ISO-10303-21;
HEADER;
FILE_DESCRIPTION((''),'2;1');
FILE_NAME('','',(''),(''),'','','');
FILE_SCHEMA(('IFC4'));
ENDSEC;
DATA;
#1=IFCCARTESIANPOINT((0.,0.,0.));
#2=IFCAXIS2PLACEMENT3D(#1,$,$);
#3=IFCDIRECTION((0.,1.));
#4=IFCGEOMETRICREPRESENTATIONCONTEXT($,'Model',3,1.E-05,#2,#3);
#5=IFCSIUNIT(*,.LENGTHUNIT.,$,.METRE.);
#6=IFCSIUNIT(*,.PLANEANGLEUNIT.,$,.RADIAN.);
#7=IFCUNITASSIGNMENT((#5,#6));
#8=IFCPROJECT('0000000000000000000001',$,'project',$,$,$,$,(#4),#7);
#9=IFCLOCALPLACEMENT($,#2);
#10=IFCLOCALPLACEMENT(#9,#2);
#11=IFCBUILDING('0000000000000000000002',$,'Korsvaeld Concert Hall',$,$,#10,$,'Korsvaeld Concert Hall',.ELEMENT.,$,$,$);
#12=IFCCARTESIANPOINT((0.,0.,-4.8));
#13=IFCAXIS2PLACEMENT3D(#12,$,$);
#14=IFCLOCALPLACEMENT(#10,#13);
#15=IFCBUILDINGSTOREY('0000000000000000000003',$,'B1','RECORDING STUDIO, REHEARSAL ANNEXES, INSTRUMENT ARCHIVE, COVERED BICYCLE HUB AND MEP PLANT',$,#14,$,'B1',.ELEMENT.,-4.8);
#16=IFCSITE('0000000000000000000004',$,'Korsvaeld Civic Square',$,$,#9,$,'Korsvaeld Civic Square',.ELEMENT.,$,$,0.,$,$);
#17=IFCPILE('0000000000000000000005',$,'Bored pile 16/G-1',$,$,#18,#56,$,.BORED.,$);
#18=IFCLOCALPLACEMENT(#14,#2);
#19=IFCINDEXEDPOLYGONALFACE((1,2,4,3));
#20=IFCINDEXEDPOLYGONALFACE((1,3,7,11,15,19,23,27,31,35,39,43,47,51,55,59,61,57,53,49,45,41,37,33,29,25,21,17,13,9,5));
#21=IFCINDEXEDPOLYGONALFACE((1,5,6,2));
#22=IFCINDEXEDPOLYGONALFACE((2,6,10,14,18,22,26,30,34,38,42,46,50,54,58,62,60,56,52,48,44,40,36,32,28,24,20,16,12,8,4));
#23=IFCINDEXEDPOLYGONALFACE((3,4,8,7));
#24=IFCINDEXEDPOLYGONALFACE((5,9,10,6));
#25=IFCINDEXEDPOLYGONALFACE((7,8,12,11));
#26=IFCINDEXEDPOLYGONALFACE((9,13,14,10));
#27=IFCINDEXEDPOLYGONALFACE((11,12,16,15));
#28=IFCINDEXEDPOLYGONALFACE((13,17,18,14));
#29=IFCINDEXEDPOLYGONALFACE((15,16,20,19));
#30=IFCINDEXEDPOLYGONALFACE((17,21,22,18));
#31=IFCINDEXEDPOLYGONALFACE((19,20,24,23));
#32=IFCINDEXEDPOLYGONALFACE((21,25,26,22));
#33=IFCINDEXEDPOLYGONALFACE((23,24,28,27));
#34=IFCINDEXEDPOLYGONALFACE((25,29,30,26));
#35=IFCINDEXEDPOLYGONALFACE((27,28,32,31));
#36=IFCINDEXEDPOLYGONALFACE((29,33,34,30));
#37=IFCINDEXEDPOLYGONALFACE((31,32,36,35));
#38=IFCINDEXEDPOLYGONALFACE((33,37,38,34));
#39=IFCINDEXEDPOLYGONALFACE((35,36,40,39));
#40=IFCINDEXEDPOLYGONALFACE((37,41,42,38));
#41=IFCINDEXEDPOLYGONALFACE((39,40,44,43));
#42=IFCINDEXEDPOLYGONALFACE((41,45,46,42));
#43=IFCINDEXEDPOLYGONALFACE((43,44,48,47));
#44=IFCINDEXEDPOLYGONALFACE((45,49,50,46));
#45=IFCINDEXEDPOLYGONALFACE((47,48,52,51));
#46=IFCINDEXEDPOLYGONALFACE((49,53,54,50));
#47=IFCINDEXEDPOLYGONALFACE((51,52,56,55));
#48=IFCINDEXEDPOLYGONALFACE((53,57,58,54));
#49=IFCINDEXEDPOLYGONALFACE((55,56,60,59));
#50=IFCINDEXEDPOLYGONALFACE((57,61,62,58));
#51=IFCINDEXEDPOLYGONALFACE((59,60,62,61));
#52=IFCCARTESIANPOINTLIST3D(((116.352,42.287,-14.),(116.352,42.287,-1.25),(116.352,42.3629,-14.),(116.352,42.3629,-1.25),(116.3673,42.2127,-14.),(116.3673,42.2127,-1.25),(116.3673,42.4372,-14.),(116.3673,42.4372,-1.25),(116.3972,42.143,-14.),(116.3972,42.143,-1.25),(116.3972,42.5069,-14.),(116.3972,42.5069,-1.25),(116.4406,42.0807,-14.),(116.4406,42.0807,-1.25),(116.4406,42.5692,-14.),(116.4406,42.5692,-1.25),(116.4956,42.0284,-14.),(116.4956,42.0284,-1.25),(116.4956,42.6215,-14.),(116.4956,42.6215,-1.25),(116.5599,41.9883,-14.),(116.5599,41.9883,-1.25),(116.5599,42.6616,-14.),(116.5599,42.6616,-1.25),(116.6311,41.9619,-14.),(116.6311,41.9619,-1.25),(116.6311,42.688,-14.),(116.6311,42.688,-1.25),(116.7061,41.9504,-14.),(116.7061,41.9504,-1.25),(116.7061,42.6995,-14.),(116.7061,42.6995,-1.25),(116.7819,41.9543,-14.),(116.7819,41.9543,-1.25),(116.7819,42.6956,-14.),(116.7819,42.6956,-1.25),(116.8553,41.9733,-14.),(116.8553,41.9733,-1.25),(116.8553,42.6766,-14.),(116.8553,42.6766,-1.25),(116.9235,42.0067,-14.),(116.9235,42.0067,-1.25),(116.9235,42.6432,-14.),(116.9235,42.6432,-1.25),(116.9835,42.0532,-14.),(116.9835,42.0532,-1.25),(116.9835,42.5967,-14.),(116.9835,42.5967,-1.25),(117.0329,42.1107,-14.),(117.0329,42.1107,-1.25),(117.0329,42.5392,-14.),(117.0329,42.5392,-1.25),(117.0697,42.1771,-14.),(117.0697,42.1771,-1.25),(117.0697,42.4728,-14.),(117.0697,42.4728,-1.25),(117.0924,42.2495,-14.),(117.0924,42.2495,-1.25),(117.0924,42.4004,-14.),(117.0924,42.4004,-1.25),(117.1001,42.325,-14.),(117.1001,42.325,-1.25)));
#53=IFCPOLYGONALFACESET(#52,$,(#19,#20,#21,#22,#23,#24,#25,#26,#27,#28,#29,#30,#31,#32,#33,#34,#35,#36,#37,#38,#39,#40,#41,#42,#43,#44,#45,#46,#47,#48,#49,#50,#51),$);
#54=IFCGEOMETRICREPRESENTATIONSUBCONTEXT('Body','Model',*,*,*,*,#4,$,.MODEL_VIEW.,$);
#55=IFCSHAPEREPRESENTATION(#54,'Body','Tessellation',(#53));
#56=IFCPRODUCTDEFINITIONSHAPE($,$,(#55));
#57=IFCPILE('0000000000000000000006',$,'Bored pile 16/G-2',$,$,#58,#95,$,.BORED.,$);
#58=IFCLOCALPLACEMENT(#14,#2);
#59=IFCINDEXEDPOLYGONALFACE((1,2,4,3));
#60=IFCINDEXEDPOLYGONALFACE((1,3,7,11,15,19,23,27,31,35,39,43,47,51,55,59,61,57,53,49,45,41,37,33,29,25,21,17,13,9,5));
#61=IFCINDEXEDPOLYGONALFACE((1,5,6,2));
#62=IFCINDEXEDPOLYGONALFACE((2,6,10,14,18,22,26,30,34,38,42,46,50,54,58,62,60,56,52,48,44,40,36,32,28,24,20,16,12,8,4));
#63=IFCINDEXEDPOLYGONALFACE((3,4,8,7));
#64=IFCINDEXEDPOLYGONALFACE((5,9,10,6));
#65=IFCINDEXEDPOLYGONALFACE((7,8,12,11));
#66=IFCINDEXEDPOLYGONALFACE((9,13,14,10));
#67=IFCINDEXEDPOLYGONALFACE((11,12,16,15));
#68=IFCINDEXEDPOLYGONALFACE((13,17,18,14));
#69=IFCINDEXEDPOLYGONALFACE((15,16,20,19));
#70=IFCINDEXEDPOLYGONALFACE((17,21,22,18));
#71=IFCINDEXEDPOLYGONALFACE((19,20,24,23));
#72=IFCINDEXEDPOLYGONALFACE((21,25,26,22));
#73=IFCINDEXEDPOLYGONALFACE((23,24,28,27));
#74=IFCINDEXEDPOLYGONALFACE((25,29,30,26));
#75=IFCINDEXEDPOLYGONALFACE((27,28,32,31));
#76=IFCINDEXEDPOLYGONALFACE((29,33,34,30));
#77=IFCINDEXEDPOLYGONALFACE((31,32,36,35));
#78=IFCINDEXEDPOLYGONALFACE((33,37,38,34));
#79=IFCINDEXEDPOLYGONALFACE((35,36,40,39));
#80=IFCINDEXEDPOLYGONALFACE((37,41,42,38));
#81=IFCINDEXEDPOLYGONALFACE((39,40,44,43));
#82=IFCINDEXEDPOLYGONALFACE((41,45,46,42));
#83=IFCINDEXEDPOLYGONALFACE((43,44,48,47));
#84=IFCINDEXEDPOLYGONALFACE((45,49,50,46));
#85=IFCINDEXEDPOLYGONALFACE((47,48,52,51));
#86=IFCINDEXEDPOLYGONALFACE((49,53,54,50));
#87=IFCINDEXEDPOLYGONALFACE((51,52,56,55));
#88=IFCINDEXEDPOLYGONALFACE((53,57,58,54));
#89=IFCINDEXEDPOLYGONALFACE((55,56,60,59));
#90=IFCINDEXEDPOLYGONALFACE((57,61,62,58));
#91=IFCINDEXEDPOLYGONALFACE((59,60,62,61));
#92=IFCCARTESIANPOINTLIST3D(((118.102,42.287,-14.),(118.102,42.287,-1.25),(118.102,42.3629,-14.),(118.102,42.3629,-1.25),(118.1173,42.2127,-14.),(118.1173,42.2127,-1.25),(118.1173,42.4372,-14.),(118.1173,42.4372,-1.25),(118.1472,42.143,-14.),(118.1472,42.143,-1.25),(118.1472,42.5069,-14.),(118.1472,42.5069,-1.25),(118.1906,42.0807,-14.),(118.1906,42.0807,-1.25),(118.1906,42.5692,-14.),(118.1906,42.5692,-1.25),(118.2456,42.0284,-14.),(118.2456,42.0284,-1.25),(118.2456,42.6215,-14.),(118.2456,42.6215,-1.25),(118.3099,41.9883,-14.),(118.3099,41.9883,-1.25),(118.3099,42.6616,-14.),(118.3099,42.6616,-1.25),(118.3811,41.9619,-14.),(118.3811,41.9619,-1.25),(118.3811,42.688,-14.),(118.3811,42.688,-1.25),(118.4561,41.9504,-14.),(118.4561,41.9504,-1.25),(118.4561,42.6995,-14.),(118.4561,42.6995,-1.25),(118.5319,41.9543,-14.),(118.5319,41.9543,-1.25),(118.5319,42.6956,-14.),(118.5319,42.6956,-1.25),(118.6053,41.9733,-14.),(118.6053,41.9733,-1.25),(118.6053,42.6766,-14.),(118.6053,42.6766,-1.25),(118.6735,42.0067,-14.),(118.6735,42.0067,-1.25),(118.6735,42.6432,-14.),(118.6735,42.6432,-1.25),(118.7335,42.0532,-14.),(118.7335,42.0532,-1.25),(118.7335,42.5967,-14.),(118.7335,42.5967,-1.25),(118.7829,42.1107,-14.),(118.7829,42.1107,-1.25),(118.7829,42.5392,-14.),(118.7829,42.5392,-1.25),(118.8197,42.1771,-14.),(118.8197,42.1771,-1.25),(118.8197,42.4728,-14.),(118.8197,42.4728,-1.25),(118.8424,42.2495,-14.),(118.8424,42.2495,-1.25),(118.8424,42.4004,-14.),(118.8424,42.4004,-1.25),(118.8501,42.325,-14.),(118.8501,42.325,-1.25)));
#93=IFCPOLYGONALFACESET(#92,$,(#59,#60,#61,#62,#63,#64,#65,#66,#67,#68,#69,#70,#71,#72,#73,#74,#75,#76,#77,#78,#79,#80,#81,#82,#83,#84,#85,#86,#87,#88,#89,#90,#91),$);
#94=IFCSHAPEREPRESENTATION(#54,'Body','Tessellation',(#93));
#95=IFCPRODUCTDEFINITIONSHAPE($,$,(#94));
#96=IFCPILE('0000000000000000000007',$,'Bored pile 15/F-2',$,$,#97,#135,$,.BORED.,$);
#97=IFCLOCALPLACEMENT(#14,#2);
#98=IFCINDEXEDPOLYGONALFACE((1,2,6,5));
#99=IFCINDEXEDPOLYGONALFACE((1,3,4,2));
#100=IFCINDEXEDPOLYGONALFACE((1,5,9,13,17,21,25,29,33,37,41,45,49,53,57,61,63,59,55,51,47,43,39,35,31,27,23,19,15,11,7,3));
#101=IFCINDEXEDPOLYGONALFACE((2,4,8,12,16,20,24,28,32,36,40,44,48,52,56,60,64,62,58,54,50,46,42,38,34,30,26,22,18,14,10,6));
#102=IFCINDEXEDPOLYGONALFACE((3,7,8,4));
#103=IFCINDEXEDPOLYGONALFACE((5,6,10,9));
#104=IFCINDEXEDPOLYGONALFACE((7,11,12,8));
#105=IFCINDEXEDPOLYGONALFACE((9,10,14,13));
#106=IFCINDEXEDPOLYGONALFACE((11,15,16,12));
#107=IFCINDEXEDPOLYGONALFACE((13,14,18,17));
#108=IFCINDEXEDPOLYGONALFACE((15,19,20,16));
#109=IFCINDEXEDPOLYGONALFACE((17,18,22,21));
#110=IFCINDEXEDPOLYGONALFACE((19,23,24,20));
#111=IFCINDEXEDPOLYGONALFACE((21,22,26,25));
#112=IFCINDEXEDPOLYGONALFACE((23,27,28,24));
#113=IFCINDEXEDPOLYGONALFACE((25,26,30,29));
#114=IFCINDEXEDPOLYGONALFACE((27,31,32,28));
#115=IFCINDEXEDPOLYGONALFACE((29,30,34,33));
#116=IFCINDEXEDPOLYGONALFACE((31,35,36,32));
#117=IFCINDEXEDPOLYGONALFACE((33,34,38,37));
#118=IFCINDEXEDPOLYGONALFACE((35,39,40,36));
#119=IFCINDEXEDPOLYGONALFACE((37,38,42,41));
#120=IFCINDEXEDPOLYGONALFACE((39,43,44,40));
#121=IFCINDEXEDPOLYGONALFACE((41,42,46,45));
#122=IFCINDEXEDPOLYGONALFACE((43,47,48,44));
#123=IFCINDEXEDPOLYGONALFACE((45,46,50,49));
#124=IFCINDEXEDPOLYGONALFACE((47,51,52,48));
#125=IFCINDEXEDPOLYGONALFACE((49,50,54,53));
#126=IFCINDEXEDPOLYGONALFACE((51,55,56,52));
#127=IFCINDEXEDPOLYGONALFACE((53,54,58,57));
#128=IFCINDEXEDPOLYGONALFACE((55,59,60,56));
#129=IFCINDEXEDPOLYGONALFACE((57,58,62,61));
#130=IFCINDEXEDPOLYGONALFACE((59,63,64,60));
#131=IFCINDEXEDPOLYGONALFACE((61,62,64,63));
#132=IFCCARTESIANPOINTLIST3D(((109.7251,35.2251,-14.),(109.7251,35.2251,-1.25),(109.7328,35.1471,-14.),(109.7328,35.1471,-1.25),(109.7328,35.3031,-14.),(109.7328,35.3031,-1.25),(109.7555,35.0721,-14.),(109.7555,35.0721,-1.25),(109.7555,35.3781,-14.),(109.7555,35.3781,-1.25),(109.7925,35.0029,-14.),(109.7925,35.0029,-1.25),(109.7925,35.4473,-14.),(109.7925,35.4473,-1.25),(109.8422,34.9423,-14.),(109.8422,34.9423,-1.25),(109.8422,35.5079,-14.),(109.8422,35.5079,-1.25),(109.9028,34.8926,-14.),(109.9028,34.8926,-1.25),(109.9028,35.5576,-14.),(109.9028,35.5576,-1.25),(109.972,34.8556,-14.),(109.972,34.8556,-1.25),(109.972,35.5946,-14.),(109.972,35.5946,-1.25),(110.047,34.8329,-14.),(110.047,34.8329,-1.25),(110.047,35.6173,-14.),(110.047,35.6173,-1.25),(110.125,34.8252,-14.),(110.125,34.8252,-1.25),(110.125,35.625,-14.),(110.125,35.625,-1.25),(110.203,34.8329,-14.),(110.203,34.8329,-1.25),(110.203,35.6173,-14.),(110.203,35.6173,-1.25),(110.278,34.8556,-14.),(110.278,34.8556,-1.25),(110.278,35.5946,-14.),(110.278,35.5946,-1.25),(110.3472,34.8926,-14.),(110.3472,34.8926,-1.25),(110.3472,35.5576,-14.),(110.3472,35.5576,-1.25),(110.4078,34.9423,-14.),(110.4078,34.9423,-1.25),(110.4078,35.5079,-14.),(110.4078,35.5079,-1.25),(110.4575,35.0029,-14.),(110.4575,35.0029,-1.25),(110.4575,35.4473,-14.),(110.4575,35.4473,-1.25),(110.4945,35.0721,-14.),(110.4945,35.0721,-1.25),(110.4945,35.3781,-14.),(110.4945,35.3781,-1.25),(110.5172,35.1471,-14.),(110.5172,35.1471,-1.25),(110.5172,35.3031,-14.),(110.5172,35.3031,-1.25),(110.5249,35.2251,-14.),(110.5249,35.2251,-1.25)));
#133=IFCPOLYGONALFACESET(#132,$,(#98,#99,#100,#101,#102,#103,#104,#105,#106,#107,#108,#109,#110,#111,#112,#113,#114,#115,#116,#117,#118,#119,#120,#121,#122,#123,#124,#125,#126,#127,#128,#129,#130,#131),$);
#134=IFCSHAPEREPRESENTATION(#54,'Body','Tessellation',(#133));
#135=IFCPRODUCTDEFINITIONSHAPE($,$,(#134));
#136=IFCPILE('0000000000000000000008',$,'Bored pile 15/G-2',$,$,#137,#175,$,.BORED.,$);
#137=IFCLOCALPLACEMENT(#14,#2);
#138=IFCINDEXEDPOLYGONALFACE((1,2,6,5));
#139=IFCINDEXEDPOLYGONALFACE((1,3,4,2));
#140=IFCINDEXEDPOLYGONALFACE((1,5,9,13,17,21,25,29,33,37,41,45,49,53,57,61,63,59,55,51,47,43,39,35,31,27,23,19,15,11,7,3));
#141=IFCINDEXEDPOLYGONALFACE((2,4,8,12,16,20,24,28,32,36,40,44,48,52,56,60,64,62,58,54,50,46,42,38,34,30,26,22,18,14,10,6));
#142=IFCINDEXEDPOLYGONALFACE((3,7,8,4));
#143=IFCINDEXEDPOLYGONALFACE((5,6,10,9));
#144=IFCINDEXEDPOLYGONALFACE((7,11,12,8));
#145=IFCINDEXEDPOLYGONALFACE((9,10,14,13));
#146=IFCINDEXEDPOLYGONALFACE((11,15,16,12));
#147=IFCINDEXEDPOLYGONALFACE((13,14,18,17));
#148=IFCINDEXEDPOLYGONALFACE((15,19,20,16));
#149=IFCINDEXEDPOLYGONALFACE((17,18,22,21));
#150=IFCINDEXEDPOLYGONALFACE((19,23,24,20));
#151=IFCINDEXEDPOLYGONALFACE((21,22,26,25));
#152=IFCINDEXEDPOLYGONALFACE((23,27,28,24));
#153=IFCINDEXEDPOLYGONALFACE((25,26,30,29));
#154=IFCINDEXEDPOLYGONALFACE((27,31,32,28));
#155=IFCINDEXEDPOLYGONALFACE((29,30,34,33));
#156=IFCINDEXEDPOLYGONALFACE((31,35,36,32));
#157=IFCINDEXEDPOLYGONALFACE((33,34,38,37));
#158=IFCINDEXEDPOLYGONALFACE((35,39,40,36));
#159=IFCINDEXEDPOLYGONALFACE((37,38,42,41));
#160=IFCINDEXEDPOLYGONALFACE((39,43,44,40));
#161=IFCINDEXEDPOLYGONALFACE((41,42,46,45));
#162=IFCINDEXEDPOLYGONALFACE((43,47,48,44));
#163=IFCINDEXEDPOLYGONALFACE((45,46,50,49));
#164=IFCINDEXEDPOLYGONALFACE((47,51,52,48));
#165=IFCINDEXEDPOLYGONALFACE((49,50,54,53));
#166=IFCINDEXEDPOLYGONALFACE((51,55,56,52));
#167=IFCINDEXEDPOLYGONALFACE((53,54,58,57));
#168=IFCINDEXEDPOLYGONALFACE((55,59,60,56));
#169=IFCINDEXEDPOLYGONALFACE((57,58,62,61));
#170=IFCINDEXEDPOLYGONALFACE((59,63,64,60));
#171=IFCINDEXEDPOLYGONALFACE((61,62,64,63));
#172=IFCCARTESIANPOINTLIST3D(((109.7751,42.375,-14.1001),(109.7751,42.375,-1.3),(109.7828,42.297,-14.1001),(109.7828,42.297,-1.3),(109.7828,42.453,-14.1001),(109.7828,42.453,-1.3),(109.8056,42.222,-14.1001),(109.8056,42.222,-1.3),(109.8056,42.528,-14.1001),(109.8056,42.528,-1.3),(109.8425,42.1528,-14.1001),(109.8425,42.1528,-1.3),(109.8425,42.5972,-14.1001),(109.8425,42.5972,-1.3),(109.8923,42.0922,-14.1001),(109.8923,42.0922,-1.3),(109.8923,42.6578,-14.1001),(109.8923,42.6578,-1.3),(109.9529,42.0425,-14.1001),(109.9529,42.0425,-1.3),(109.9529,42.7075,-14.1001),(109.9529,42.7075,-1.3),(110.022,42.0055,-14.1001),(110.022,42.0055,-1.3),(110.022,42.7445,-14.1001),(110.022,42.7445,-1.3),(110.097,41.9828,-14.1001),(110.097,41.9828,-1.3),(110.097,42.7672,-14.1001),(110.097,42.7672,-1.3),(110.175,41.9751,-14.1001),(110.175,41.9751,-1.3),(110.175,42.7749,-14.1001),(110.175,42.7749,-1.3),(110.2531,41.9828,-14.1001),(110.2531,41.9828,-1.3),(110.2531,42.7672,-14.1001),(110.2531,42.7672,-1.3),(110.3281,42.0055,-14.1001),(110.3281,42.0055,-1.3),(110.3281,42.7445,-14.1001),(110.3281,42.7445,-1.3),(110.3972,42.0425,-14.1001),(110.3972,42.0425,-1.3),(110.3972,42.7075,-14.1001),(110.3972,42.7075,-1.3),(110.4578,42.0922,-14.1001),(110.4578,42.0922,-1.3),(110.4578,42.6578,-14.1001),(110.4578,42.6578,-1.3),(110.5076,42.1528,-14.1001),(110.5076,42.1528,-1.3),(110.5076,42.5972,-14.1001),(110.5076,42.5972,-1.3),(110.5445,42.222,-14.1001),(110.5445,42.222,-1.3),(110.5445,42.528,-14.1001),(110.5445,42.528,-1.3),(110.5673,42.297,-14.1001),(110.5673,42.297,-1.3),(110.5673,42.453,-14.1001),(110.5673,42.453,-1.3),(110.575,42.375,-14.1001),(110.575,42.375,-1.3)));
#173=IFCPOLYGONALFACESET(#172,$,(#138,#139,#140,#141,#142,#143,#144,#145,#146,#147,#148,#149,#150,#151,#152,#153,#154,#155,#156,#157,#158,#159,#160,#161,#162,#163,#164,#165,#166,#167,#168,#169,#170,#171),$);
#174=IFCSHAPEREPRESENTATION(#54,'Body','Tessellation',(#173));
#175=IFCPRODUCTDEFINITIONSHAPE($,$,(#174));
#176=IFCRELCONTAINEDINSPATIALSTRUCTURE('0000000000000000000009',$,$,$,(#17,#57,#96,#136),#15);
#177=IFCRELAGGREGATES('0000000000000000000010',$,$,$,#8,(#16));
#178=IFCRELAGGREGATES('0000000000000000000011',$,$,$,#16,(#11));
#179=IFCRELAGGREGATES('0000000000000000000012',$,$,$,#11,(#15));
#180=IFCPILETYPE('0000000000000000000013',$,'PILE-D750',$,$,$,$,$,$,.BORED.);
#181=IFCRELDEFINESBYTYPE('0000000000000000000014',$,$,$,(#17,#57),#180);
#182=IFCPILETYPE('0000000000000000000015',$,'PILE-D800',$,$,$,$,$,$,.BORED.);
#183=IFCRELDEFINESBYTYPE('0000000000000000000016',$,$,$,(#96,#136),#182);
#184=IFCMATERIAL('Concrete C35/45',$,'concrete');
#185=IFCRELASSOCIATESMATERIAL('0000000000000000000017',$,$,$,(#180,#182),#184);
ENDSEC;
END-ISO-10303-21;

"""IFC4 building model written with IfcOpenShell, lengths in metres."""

from ifc_helpers import new_model, si_unit, direction, frame, origin, origin_2d, place, context, subcontext, project, spatial, circle, extrude, material, material_profile, profile_set, type_object, element, save


model = new_model("IFC4")

# Units and contexts
model_context = context("Model", 3, precision=1e-05, world=origin(), true_north=direction((0.0, 1.0)))
body_context = subcontext(model_context, "Body", "Model", "MODEL_VIEW")
ifc_project = project(units=[si_unit("LENGTHUNIT", "METRE"), si_unit("PLANEANGLEUNIT", "RADIAN")], contexts=[model_context])

# Site, building, storey
site_placement = place(None, origin())
site = spatial("IfcSite", under=ifc_project, at=site_placement, Name="Korsvaeld Civic Square", LongName="Korsvaeld Civic Square", CompositionType="ELEMENT", RefElevation=0.0)
building_placement = place(site_placement, origin())
building = spatial("IfcBuilding", under=site, at=building_placement, Name="Korsvaeld Concert Hall", LongName="Korsvaeld Concert Hall", CompositionType="ELEMENT")
storey_placement = place(building_placement, frame((0.0, 0.0, -4.8)))
storey = spatial("IfcBuildingStorey", under=building, at=storey_placement, Name="B1", Description="RECORDING STUDIO, REHEARSAL ANNEXES, INSTRUMENT ARCHIVE, COVERED BICYCLE HUB AND MEP PLANT", LongName="B1", CompositionType="ELEMENT", Elevation=-4.8)

# Shared definitions
ifc_material_1 = material(Name="Concrete C35/45", Category="concrete")

# Piles
ifc_material_profile_1 = material_profile(ifc_material_1, circle(Radius=0.375, at=origin_2d()), Name="BORED PILE D750")
ifc_profile_set_1 = profile_set([ifc_material_profile_1], Name="Concrete C35/45")
pile_type_1 = type_object("IfcPileType", Name="PILE-D750", PredefinedType="BORED", material=ifc_profile_set_1)
for number, where, z_axis, x_axis, name in (
    (1, (116.7251, 42.325, -1.25), (0.0, 0.0, -1.0), (1.0, 0.0, 0.0), "Bored pile 16/G-1"),
    (2, (118.4751, 42.325, -1.25), (0.0, 0.0, -1.0), (1.0, 0.0, 0.0), "Bored pile 16/G-2"),
):
    element("IfcPile", number, at=place(storey_placement, frame(where, z_axis=z_axis, x_axis=x_axis)), inside=storey, type_object=pile_type_1, Name=name, PredefinedType="BORED", context=body_context, shape_type="SweptSolid", body=[
        extrude(circle(Radius=0.375, at=origin_2d()), origin(), (0.0, 0.0, 1.0), 12.75),
    ])
ifc_material_profile_2 = material_profile(ifc_material_1, circle(Radius=0.3999, at=origin_2d()), Name="BORED PILE D800")
ifc_profile_set_2 = profile_set([ifc_material_profile_2], Name="Concrete C35/45")
pile_type_2 = type_object("IfcPileType", Name="PILE-D800", PredefinedType="BORED", material=ifc_profile_set_2)
pile_placement = place(storey_placement, frame((110.125, 35.2251, -1.25), z_axis=(0.0, 0.0, -1.0), x_axis=(1.0, 0.0, 0.0)))
element("IfcPile", 3, at=pile_placement, inside=storey, type_object=pile_type_2, Name="Bored pile 15/F-2", PredefinedType="BORED", context=body_context, shape_type="SweptSolid", body=[
    extrude(circle(Radius=0.3999, at=origin_2d()), origin(), (0.0, 0.0, 1.0), 12.75),
])
for number, where, z_axis, x_axis, name in (
    (4, (110.175, 42.375, -1.3), (0.0, 0.0, -1.0), (1.0, 0.0, 0.0), "Bored pile 15/G-2"),
):
    element("IfcPile", number, at=place(storey_placement, frame(where, z_axis=z_axis, x_axis=x_axis)), inside=storey, type_object=pile_type_2, Name=name, PredefinedType="BORED", context=body_context, shape_type="SweptSolid", body=[
        extrude(circle(Radius=0.3999, at=origin_2d()), origin(), (0.0, 0.0, 1.0), 12.8),
    ])

save(model, "model.ifc")
